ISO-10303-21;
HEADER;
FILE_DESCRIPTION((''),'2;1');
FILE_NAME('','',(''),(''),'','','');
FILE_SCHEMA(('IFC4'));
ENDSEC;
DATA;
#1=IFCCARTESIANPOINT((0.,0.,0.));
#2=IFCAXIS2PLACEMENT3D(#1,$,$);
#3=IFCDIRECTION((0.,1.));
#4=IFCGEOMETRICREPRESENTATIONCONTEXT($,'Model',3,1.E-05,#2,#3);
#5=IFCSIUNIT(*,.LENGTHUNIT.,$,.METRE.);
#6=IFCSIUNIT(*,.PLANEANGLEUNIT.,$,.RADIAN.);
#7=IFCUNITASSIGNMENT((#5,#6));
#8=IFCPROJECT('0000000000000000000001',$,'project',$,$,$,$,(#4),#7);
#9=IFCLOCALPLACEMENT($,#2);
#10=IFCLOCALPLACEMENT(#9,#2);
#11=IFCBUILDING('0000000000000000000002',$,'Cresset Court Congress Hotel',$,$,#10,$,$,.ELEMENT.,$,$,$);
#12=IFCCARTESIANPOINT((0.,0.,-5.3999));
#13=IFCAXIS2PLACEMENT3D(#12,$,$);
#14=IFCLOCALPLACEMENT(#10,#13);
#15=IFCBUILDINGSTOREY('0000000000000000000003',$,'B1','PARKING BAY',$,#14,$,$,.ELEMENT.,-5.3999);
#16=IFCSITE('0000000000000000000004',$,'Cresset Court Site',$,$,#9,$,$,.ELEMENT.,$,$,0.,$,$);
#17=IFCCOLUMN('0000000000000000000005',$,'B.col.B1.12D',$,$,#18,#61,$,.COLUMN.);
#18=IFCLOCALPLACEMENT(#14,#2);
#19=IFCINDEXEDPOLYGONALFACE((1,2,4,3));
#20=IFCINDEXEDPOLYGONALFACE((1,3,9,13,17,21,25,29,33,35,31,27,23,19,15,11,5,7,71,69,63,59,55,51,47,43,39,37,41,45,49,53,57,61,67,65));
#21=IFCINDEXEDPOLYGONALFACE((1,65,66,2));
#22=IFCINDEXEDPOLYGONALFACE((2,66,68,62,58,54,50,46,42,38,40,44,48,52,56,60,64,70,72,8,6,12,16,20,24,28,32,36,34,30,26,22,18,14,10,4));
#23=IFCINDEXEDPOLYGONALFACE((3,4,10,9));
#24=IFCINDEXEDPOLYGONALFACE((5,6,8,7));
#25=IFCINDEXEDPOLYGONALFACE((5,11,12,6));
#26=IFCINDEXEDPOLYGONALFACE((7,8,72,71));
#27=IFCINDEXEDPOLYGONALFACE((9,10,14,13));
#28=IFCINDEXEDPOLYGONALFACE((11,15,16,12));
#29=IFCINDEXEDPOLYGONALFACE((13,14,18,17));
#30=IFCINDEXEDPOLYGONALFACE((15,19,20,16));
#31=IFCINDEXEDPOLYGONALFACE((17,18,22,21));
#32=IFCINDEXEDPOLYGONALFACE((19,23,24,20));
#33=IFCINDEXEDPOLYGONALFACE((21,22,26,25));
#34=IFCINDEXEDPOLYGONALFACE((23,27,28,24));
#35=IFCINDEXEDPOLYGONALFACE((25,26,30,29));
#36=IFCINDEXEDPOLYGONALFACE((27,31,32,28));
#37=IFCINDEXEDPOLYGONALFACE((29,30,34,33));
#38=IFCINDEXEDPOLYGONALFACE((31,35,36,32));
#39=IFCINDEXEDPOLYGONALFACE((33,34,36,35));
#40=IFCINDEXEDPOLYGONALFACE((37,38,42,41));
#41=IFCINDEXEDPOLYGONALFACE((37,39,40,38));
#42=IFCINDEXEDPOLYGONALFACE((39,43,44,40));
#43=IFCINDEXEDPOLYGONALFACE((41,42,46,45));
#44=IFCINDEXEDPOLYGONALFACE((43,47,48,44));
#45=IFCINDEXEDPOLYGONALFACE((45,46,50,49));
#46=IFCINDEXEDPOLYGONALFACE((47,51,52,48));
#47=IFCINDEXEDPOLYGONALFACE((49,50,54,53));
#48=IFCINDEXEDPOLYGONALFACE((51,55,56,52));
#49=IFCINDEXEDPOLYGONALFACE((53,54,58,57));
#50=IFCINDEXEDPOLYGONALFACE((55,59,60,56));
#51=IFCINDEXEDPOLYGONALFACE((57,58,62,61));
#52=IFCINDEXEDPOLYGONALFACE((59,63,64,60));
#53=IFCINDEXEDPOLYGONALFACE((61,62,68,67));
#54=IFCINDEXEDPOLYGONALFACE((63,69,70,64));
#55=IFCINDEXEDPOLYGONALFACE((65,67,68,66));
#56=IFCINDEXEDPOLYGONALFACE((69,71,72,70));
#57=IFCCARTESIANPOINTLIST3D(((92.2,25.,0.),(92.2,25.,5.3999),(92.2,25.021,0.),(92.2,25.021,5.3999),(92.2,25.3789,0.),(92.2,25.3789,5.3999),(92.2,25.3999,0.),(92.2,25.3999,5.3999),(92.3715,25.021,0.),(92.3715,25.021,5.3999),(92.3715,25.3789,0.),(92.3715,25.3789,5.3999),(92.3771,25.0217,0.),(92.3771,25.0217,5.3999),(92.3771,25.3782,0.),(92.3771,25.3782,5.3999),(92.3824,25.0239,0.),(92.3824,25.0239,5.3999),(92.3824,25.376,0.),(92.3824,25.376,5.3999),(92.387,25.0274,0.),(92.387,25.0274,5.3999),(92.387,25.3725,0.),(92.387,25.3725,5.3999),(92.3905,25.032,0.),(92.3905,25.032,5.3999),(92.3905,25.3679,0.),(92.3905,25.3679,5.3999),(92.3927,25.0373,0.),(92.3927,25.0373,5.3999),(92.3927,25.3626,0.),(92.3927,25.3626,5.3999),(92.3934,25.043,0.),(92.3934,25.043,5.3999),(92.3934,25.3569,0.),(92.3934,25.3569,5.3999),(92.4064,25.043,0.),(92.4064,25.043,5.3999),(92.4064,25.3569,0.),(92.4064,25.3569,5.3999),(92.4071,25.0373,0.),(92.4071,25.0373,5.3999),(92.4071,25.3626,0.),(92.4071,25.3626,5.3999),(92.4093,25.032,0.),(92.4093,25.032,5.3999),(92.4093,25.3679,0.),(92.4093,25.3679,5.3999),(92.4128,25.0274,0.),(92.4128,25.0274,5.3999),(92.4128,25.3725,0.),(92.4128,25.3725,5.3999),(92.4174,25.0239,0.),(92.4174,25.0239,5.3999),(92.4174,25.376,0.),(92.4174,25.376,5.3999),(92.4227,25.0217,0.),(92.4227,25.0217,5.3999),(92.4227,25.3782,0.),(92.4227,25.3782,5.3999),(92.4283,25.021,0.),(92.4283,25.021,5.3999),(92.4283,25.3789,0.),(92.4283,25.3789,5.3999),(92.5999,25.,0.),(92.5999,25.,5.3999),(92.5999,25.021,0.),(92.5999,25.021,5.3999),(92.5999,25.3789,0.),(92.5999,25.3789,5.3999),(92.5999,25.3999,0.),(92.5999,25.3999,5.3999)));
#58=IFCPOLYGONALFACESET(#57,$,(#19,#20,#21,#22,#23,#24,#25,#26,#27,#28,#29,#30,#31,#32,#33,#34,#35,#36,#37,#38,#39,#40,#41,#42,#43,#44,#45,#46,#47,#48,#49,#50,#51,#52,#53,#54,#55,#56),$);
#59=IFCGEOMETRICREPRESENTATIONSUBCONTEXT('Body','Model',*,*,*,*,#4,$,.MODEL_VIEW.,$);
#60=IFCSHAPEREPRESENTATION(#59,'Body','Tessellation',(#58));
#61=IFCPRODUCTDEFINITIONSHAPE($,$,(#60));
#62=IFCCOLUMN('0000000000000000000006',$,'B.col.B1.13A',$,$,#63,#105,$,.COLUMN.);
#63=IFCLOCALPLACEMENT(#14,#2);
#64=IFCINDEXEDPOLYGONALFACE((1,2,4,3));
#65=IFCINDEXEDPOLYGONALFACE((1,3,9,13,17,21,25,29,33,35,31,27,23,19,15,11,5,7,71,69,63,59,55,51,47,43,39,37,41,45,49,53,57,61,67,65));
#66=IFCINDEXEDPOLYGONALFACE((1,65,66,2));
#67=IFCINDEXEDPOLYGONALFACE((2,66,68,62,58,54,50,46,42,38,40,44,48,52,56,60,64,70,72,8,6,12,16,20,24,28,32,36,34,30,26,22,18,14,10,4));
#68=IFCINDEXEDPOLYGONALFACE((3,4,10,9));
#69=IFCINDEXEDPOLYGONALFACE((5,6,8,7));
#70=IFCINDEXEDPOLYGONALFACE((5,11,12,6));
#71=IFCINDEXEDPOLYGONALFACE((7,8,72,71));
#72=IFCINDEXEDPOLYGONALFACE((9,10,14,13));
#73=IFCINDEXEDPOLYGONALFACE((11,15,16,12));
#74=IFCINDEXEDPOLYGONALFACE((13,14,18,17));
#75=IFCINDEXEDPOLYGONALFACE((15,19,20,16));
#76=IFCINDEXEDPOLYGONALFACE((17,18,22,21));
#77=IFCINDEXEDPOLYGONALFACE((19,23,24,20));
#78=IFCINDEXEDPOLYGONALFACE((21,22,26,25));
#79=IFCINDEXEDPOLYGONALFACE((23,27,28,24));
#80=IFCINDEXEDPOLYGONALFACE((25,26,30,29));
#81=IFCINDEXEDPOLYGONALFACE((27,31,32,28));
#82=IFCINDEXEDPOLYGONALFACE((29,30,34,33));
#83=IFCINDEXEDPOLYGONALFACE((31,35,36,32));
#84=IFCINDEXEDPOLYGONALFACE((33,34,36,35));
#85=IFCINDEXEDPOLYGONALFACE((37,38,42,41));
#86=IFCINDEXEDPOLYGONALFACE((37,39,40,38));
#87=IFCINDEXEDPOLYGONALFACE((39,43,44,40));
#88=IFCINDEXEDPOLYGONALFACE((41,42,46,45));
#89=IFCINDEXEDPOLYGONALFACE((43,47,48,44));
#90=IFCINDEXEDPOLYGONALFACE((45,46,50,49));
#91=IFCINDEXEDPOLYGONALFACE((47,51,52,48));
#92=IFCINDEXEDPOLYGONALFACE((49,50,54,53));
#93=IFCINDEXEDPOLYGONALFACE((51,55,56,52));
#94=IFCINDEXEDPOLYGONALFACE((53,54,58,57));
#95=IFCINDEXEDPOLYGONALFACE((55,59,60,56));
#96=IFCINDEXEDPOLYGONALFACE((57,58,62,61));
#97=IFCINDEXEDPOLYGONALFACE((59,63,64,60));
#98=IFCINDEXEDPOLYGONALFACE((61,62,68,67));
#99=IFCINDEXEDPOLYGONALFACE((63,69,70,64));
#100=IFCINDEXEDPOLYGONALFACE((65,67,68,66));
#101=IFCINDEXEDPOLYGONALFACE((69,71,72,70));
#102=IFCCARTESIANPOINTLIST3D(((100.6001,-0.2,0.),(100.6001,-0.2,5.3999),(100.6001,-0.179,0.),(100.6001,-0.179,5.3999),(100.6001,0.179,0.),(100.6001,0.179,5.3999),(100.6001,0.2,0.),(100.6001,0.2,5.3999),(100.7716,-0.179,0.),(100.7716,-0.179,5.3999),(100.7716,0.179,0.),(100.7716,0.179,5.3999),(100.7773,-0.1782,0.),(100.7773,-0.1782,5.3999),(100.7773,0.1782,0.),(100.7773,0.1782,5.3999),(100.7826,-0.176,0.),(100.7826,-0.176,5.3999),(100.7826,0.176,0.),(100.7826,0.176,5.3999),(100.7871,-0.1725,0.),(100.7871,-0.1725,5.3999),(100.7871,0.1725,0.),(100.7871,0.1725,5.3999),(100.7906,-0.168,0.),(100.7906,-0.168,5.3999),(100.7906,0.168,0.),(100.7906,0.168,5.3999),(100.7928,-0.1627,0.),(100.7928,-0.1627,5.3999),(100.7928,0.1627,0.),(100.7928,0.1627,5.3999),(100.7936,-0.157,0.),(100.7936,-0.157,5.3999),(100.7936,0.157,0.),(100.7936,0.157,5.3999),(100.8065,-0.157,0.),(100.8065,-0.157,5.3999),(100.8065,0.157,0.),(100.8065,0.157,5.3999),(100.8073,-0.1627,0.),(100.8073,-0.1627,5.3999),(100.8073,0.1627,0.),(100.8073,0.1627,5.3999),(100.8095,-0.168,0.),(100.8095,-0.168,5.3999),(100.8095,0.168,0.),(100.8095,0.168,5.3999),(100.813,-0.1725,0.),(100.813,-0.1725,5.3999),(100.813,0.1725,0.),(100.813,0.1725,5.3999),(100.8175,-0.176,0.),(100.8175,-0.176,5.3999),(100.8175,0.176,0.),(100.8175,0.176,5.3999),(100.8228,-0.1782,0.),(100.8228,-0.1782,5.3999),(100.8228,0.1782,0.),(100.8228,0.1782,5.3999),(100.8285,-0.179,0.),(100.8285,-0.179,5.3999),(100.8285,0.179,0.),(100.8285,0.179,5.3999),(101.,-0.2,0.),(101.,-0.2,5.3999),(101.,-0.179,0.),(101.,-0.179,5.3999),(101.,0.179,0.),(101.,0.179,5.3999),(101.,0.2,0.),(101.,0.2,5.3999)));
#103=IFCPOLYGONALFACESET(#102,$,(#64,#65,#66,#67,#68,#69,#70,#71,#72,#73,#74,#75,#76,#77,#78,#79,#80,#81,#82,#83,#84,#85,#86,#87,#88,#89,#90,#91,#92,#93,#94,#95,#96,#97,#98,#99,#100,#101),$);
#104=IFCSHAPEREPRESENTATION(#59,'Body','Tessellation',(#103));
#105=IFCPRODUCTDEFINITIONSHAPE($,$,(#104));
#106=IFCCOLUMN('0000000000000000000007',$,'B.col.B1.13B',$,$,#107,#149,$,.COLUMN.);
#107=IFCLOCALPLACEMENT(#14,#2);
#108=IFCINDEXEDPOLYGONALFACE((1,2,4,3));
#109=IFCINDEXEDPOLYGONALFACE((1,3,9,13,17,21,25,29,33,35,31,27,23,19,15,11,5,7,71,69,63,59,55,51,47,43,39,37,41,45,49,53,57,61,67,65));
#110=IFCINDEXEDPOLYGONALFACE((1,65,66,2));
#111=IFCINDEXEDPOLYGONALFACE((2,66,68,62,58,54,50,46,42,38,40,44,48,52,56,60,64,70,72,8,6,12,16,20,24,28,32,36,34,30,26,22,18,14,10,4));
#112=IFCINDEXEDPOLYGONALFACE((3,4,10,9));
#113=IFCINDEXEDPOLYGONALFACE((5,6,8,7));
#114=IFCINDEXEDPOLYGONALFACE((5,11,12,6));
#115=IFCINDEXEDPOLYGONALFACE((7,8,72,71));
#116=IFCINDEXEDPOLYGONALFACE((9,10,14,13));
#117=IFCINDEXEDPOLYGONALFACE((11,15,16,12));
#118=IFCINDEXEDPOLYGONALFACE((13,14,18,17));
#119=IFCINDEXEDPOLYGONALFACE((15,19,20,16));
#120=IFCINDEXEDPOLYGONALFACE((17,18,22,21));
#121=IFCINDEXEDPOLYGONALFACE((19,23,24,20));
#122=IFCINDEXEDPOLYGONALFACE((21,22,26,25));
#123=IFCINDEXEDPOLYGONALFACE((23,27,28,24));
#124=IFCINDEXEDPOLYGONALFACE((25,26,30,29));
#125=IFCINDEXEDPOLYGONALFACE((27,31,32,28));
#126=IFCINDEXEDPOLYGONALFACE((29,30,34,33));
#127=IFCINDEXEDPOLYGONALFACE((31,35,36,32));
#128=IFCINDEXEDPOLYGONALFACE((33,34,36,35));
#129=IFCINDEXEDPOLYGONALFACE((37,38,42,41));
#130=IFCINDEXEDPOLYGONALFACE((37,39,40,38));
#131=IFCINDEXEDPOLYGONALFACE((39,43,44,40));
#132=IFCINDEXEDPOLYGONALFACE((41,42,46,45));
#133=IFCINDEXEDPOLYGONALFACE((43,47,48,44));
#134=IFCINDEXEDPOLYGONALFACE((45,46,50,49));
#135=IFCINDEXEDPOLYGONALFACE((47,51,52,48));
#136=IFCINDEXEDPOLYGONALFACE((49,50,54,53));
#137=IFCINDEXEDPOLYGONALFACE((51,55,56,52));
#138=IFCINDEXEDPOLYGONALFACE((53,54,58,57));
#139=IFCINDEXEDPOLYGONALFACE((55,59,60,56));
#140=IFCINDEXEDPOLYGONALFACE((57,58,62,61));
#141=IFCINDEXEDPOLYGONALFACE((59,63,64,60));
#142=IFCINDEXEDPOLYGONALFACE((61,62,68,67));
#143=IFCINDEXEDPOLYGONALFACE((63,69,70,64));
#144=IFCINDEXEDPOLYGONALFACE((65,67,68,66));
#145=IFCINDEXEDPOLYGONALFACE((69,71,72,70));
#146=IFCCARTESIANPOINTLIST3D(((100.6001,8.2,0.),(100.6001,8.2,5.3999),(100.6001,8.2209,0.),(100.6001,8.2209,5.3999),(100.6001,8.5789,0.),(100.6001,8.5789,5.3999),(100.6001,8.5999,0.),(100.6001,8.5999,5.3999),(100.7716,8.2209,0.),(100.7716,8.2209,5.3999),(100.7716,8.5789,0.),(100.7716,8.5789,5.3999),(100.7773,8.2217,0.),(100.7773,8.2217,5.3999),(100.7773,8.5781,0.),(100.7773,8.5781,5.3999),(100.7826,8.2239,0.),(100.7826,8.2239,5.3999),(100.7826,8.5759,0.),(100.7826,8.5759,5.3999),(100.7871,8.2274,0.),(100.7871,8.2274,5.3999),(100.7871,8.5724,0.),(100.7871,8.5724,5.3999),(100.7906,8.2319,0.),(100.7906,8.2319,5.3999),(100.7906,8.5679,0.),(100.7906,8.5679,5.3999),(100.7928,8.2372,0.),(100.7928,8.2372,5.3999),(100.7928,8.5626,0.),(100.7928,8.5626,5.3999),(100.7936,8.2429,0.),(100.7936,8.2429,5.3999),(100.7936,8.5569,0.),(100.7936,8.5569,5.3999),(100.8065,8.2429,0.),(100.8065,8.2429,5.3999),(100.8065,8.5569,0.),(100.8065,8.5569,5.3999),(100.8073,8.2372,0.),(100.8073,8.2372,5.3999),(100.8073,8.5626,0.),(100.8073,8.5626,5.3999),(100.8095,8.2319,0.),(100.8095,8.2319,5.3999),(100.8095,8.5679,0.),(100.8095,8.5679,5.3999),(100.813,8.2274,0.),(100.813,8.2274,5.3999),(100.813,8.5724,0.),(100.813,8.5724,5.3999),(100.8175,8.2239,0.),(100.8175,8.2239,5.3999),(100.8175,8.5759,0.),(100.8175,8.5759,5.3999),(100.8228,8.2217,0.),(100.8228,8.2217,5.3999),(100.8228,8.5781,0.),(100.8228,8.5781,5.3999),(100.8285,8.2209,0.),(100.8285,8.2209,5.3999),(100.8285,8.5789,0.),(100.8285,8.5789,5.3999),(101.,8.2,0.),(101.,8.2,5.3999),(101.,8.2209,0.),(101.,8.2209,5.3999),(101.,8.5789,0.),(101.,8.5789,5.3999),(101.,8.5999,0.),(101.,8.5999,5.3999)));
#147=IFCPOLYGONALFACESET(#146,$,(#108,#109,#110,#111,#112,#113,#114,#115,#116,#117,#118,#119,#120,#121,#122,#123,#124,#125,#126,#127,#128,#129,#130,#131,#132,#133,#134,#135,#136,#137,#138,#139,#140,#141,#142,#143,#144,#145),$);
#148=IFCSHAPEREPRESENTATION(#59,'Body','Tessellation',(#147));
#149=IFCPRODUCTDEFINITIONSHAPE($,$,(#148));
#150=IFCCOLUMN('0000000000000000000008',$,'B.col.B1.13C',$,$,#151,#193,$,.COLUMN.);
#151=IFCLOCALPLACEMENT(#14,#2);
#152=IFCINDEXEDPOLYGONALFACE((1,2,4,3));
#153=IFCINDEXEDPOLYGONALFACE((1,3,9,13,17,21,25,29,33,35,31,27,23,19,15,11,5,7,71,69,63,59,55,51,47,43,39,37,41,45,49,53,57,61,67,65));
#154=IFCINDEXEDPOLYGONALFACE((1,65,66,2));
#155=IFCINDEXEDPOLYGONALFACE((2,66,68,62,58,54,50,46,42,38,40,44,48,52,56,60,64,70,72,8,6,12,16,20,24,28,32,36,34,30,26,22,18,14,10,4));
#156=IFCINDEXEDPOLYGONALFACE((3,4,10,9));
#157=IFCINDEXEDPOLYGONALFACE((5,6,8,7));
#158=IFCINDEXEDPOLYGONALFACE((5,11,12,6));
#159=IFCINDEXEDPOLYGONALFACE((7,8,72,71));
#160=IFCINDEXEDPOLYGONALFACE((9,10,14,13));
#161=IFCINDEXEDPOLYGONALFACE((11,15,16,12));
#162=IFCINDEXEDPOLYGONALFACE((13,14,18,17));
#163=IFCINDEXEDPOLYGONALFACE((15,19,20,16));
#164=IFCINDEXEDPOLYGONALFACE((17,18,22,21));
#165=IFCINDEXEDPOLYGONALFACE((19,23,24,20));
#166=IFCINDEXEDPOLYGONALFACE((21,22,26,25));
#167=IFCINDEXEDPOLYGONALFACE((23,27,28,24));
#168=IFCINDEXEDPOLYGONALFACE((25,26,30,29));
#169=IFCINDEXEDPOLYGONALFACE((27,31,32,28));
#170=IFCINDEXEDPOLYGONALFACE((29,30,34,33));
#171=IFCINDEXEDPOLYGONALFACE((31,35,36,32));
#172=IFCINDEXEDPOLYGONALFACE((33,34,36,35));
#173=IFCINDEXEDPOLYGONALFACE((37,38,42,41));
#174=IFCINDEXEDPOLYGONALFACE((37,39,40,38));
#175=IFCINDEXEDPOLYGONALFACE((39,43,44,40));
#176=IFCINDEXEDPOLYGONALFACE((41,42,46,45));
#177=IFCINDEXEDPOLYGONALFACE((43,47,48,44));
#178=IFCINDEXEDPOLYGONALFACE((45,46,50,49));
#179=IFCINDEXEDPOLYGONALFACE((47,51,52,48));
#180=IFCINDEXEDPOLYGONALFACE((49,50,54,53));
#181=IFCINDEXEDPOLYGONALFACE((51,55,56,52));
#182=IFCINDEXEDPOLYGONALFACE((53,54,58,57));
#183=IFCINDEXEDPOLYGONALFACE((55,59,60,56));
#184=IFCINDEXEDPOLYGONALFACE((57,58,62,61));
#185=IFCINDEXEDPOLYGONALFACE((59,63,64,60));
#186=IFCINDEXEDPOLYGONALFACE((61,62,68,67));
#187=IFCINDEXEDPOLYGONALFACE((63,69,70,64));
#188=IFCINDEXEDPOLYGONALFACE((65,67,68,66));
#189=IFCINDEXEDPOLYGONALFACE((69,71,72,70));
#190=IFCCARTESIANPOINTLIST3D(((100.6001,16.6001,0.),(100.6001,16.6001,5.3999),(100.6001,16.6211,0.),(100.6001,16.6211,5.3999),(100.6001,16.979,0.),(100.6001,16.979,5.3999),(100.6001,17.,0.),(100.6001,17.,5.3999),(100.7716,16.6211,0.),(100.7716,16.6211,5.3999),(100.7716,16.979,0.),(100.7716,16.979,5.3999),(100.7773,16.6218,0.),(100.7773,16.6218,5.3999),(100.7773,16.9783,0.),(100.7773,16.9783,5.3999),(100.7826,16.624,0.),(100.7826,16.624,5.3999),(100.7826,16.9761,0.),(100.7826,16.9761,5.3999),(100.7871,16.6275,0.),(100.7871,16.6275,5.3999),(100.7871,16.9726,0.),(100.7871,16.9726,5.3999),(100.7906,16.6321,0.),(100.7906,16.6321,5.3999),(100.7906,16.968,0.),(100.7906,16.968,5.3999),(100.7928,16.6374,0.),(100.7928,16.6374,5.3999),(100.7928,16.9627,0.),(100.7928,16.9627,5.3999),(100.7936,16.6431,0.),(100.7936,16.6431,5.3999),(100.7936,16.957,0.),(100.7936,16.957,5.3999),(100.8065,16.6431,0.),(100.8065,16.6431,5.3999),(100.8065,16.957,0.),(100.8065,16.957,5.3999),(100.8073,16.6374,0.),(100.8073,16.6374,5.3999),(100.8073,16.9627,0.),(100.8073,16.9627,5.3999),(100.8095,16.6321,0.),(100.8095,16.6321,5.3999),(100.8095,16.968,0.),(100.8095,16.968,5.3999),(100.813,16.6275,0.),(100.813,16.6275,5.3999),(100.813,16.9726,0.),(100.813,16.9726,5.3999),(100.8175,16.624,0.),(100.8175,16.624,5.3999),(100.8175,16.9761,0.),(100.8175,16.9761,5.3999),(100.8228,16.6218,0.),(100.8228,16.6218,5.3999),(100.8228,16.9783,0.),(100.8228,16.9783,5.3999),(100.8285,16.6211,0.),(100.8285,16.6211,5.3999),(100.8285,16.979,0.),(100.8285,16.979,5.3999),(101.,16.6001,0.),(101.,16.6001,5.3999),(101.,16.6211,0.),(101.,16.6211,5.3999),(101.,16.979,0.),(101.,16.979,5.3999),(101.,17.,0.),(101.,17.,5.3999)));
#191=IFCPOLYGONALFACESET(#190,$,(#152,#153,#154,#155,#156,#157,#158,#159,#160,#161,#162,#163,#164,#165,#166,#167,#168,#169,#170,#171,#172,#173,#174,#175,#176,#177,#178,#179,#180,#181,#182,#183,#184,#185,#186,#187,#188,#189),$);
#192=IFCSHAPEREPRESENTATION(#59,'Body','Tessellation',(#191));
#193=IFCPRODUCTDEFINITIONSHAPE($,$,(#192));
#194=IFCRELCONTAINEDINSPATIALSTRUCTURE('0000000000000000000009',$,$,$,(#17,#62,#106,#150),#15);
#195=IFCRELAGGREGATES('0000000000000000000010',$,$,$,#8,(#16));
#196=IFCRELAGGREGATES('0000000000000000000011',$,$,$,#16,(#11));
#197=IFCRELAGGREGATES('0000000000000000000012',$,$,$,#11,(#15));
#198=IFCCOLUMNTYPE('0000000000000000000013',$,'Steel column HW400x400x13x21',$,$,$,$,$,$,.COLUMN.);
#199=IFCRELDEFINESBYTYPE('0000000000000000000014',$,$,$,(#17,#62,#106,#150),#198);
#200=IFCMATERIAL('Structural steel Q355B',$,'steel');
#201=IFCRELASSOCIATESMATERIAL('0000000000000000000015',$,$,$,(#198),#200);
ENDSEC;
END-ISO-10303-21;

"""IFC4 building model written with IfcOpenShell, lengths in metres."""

from ifc_helpers import new_model, si_unit, direction, frame, origin, origin_2d, place, context, subcontext, project, spatial, i_section, extrude, material, material_profile, profile_set, type_object, element, save


model = new_model("IFC4")

# Units and contexts
model_context = context("Model", 3, precision=1e-05, world=origin(), true_north=direction((0.0, 1.0)))
body_context = subcontext(model_context, "Body", "Model", "MODEL_VIEW")
ifc_project = project(units=[si_unit("LENGTHUNIT", "METRE"), si_unit("PLANEANGLEUNIT", "RADIAN")], contexts=[model_context])

# Site, building, storey
site_placement = place(None, origin())
site = spatial("IfcSite", under=ifc_project, at=site_placement, Name="Cresset Court Site", CompositionType="ELEMENT", RefElevation=0.0)
building_placement = place(site_placement, origin())
building = spatial("IfcBuilding", under=site, at=building_placement, Name="Cresset Court Congress Hotel", CompositionType="ELEMENT")
storey_placement = place(building_placement, frame((0.0, 0.0, -5.3999)))
storey = spatial("IfcBuildingStorey", under=building, at=storey_placement, Name="B1", Description="PARKING BAY", CompositionType="ELEMENT", Elevation=-5.3999)

# Columns
ifc_material_1 = material(Name="Structural steel Q355B", Category="steel")
ifc_material_profile_1 = material_profile(ifc_material_1, i_section(OverallWidth=0.3999, OverallDepth=0.3999, WebThickness=0.0129, FlangeThickness=0.021, FilletRadius=0.022, at=origin_2d()), Name="HW400x400x13x21")
ifc_profile_set_1 = profile_set([ifc_material_profile_1], Name="Structural steel Q355B")
column_type_1 = type_object("IfcColumnType", Name="Steel column HW400x400x13x21", PredefinedType="COLUMN", material=ifc_profile_set_1)
for number, where, z_axis, x_axis, name in (
    (1, (92.3999, 25.2, 0.0), (0.0, 0.0, 1.0), (1.0, 0.0, 0.0), "B.col.B1.12D"),
    (2, (100.8, 0.0, 0.0), (0.0, 0.0, 1.0), (1.0, 0.0, 0.0), "B.col.B1.13A"),
    (3, (100.8, 8.3999, 0.0), (0.0, 0.0, 1.0), (1.0, 0.0, 0.0), "B.col.B1.13B"),
    (4, (100.8, 16.8, 0.0), (0.0, 0.0, 1.0), (1.0, 0.0, 0.0), "B.col.B1.13C"),
):
    element("IfcColumn", number, at=place(storey_placement, frame(where, z_axis=z_axis, x_axis=x_axis)), inside=storey, type_object=column_type_1, Name=name, PredefinedType="COLUMN", context=body_context, shape_type="SweptSolid", body=[
        extrude(i_section(OverallWidth=0.3999, OverallDepth=0.3999, WebThickness=0.0129, FlangeThickness=0.021, FilletRadius=0.022, at=origin_2d()), origin(), (0.0, 0.0, 1.0), 5.3999),
    ])

save(model, "model.ifc")
